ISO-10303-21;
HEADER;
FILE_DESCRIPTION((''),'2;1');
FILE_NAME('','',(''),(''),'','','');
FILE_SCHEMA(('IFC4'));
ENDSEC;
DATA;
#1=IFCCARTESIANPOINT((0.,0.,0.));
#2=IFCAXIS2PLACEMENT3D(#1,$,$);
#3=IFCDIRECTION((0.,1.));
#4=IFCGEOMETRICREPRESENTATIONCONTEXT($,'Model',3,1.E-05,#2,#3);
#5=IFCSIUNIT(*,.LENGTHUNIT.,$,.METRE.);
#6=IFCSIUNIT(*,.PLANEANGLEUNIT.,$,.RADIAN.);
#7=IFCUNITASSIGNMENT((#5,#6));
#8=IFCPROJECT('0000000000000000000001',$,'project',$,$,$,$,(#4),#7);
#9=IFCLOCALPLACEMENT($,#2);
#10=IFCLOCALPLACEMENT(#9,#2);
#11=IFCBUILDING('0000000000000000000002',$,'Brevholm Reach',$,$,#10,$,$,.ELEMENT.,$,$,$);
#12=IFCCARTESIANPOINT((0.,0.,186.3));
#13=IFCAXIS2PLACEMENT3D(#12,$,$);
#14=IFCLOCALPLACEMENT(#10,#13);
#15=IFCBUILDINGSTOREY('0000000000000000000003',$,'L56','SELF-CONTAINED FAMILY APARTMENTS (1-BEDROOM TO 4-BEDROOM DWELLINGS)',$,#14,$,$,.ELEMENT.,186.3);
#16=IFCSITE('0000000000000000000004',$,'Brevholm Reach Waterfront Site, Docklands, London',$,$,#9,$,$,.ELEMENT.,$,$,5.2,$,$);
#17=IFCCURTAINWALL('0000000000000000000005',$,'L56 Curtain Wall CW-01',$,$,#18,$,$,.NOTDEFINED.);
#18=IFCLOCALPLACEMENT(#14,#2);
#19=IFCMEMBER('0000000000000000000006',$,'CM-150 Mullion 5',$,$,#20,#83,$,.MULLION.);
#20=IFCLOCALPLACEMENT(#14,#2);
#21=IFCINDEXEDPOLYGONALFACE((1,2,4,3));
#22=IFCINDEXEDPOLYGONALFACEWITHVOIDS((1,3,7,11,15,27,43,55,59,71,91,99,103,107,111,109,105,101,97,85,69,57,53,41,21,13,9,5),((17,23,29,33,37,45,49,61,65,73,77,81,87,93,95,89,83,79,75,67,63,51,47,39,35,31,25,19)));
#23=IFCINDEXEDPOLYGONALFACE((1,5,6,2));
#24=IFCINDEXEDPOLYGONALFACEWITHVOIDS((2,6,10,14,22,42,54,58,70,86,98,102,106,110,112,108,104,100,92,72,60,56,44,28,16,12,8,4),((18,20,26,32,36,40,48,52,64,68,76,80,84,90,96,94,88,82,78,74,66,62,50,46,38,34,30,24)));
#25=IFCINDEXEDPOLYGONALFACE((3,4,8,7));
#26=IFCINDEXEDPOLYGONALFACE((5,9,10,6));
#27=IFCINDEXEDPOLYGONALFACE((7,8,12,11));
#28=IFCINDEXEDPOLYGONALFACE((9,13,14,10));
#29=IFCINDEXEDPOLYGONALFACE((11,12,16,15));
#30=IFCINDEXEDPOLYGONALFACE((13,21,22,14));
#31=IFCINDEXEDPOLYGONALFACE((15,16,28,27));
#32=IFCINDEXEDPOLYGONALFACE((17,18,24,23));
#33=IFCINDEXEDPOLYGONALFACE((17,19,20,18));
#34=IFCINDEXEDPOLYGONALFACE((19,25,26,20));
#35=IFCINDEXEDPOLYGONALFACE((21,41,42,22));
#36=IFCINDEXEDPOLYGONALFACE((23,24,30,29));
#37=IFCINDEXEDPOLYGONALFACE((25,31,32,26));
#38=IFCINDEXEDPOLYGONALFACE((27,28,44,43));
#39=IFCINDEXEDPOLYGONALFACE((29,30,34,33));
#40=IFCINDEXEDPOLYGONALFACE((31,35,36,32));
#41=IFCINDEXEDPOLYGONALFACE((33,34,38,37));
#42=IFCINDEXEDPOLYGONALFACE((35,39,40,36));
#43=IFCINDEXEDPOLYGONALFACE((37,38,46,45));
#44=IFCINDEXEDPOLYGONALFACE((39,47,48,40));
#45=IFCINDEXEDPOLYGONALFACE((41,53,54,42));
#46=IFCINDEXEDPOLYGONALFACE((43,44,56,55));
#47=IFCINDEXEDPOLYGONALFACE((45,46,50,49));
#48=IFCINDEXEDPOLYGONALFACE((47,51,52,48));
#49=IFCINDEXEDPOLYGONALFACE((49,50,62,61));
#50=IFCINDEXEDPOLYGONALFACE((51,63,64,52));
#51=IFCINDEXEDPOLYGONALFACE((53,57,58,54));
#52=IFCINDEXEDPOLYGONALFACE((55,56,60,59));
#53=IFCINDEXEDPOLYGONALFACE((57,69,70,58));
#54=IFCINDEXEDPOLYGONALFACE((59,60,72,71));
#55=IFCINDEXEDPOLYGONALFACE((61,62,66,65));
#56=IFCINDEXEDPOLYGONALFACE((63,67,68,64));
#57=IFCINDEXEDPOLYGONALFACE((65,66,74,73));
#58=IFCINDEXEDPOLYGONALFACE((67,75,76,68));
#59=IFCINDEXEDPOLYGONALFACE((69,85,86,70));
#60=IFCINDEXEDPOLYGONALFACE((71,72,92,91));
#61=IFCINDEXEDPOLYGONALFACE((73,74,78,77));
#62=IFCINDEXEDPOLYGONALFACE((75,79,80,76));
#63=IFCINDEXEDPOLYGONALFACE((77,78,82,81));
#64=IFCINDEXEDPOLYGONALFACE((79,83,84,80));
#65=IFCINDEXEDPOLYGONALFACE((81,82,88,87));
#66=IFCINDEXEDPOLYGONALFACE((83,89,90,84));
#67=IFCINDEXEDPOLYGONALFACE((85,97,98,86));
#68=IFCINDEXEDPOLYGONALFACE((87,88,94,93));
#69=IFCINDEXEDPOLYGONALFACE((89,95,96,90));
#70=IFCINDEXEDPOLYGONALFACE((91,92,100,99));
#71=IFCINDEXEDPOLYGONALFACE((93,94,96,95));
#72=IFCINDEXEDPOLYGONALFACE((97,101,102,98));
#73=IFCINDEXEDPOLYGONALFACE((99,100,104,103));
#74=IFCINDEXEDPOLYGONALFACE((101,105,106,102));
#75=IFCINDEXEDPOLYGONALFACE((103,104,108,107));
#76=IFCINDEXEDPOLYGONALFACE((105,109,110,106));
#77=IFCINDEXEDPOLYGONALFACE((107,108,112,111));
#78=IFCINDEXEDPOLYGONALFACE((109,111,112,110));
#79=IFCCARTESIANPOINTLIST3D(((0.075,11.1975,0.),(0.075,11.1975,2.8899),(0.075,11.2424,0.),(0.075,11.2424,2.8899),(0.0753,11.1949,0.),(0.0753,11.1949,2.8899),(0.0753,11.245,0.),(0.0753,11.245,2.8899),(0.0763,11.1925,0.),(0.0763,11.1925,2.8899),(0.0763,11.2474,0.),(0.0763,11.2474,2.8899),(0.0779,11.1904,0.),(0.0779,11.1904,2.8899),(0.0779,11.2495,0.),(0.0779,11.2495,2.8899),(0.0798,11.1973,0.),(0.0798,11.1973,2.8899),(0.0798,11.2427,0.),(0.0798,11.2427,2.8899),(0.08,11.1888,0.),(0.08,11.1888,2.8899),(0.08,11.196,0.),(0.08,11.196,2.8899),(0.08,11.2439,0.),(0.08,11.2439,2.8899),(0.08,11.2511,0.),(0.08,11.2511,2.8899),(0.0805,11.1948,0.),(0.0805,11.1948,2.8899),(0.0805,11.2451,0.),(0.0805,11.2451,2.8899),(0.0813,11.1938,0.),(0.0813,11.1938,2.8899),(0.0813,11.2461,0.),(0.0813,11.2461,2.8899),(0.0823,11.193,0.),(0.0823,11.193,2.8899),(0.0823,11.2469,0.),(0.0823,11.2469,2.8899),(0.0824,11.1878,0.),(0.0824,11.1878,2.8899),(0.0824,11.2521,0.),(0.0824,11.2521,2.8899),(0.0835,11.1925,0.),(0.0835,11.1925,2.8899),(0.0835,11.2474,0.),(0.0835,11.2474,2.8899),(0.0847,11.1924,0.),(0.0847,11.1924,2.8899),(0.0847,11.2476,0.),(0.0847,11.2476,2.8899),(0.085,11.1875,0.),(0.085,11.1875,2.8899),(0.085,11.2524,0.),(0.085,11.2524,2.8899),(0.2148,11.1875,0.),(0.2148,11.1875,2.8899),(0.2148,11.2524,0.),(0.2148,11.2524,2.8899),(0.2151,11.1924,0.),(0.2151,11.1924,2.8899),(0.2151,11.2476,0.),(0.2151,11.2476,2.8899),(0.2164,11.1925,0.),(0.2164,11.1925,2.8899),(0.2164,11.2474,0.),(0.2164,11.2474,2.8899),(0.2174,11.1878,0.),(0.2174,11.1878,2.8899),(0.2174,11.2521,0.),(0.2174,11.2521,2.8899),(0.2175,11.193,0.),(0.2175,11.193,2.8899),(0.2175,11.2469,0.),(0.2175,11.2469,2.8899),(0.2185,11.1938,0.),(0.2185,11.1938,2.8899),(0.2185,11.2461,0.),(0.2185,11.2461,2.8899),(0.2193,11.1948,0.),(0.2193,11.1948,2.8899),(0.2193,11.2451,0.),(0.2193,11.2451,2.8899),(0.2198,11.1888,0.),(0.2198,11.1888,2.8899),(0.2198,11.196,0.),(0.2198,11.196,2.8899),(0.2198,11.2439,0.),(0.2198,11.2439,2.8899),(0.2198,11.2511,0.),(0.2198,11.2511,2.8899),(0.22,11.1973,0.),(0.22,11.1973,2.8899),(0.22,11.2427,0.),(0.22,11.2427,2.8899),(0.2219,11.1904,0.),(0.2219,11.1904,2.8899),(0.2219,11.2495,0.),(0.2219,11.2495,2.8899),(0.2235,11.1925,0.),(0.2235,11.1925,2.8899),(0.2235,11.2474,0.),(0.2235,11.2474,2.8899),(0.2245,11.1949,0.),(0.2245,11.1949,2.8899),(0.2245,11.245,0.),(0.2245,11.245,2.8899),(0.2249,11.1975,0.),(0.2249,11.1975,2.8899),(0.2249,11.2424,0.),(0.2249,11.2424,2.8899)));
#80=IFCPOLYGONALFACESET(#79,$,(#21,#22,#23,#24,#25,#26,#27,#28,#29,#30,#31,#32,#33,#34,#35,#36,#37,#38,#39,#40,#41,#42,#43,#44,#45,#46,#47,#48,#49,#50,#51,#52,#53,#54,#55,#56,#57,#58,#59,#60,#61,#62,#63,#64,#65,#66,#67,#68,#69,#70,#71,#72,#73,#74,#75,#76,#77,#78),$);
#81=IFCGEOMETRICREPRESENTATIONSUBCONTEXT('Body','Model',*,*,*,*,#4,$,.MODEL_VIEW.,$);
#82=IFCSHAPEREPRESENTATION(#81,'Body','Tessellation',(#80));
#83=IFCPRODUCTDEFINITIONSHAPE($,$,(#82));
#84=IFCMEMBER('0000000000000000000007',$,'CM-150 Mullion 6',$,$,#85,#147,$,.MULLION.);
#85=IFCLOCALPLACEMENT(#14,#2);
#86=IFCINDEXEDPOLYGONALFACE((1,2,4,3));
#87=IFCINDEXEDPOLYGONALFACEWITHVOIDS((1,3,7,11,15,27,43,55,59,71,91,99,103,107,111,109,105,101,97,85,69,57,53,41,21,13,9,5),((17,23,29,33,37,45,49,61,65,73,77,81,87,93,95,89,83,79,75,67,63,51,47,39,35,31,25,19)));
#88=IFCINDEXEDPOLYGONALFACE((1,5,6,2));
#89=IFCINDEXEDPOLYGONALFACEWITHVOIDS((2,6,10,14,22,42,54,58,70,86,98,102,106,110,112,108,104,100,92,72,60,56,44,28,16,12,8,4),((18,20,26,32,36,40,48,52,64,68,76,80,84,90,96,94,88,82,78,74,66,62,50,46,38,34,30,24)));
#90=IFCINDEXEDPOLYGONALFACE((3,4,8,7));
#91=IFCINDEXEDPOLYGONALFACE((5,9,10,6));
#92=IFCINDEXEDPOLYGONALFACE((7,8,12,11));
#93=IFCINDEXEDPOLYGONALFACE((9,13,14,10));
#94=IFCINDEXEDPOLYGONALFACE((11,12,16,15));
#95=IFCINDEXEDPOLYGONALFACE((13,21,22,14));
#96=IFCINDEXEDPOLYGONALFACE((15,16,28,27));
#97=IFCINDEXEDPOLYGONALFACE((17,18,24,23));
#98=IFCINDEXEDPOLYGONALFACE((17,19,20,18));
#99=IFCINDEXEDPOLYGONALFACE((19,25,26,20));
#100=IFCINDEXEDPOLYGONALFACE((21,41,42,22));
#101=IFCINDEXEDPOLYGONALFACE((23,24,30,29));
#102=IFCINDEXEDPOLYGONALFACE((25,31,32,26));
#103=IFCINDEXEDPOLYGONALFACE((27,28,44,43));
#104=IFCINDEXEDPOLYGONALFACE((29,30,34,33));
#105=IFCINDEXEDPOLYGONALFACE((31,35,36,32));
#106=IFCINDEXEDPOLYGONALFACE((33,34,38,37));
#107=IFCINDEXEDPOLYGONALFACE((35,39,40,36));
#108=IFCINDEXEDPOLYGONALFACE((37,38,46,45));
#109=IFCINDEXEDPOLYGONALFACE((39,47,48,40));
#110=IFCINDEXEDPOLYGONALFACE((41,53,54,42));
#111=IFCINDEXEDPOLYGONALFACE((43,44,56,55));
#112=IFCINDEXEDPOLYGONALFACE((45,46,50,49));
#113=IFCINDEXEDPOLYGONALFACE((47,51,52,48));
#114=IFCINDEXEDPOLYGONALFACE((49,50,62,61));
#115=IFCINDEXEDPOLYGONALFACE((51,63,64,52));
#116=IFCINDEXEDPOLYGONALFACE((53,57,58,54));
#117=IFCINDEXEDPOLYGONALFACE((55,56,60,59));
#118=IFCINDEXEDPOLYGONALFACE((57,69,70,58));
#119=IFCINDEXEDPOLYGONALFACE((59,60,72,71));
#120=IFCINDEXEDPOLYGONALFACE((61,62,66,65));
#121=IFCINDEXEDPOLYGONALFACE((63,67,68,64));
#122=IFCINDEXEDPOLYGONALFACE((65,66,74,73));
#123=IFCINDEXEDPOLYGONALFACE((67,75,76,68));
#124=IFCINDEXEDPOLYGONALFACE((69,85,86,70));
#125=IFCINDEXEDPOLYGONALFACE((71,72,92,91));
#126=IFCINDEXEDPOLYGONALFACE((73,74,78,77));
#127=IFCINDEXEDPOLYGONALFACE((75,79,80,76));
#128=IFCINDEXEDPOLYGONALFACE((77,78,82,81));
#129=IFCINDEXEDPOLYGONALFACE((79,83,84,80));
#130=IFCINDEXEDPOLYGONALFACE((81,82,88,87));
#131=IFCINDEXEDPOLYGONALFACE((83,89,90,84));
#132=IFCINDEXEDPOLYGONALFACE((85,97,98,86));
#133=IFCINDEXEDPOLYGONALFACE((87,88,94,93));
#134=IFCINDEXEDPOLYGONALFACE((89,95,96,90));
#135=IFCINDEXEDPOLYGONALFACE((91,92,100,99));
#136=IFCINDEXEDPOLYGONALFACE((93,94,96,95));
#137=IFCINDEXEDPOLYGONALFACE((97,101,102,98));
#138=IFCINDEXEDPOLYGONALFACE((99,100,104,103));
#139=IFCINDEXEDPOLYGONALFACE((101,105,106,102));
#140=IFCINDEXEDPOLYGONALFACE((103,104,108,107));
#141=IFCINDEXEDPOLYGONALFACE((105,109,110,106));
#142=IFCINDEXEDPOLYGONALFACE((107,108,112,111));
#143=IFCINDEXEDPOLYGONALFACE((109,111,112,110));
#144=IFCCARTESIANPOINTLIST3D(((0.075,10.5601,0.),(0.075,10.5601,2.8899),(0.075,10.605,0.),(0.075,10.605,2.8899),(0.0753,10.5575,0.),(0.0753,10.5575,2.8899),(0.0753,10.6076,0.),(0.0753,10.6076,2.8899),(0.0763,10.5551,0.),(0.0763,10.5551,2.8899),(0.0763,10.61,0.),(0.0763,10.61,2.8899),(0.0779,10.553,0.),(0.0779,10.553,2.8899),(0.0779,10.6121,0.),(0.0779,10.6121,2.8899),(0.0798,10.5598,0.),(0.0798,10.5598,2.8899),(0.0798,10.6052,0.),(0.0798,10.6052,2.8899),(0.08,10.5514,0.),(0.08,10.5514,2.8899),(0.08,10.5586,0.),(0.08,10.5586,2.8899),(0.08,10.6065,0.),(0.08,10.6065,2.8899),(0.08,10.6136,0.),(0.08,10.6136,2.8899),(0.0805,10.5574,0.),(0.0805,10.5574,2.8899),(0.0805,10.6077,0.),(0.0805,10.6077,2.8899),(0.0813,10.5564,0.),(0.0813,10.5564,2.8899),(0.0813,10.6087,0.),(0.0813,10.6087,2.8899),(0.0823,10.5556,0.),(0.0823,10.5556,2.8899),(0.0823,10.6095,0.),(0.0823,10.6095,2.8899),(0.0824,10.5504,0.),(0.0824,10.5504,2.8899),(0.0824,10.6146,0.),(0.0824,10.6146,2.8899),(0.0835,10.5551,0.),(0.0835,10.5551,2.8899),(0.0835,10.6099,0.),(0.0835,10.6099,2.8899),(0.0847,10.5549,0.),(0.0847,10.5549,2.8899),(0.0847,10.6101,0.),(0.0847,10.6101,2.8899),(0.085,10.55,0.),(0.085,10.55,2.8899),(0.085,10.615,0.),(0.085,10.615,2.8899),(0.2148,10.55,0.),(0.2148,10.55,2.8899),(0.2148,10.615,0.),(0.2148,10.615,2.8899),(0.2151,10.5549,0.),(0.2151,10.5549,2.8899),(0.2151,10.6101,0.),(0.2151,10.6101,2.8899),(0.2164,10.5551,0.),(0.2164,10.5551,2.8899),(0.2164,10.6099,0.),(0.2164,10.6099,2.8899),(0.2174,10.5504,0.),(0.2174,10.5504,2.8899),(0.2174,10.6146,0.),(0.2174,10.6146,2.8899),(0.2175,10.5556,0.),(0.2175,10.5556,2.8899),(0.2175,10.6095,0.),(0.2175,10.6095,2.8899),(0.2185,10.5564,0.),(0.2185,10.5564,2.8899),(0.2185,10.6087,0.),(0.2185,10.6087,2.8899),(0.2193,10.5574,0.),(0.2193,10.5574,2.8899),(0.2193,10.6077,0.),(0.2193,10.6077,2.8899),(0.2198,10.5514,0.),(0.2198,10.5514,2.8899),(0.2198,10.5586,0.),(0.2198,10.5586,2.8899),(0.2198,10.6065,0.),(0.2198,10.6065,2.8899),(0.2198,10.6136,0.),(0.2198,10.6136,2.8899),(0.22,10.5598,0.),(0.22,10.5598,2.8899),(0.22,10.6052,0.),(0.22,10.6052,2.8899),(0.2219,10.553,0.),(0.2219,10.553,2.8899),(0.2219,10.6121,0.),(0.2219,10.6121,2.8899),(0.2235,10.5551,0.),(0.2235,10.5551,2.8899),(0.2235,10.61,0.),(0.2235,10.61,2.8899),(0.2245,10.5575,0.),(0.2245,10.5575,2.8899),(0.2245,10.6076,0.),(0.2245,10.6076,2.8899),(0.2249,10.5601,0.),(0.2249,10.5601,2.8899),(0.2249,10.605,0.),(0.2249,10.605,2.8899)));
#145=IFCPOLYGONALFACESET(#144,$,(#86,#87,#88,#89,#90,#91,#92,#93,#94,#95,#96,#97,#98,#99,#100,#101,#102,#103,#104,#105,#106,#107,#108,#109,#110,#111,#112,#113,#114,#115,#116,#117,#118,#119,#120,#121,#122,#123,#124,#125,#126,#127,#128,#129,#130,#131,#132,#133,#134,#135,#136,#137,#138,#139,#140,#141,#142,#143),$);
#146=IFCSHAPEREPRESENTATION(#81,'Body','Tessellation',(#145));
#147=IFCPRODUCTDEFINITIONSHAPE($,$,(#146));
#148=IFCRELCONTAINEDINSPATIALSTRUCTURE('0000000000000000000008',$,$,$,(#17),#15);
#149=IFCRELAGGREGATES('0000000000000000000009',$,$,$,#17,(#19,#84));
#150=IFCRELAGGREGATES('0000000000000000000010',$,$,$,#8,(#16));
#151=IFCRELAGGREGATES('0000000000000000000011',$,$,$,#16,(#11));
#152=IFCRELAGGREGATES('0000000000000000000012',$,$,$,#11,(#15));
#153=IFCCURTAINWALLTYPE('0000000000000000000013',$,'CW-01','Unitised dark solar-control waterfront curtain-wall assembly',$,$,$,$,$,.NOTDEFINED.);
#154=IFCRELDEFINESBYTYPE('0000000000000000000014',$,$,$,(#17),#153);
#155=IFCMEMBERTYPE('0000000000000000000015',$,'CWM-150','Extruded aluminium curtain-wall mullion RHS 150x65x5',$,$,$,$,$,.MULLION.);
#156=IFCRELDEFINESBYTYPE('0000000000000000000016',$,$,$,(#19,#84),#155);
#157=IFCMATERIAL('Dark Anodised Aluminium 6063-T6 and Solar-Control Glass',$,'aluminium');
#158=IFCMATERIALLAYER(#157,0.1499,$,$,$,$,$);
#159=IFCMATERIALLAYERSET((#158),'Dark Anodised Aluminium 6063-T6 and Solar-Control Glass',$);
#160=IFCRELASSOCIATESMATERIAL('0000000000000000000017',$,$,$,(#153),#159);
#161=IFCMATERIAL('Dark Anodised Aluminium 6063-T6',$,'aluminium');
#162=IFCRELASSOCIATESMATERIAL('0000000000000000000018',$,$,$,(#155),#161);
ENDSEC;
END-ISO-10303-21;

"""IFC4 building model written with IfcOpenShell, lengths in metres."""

from ifc_helpers import new_model, si_unit, direction, frame, origin, origin_2d, place, context, subcontext, project, spatial, hollow_rectangle, extrude, material, layer, layer_set, material_profile, profile_set, type_object, element, aggregate, save


model = new_model("IFC4")

# Units and contexts
model_context = context("Model", 3, precision=1e-05, world=origin(), true_north=direction((0.0, 1.0)))
body_context = subcontext(model_context, "Body", "Model", "MODEL_VIEW")
ifc_project = project(units=[si_unit("LENGTHUNIT", "METRE"), si_unit("PLANEANGLEUNIT", "RADIAN")], contexts=[model_context])

# Site, building, storey
site_placement = place(None, origin())
site = spatial("IfcSite", under=ifc_project, at=site_placement, Name="Brevholm Reach Waterfront Site, Docklands, London", CompositionType="ELEMENT", RefElevation=5.2)
building_placement = place(site_placement, origin())
building = spatial("IfcBuilding", under=site, at=building_placement, Name="Brevholm Reach", CompositionType="ELEMENT")
storey_placement = place(building_placement, frame((0.0, 0.0, 186.3)))
storey = spatial("IfcBuildingStorey", under=building, at=storey_placement, Name="L56", Description="SELF-CONTAINED FAMILY APARTMENTS (1-BEDROOM TO 4-BEDROOM DWELLINGS)", CompositionType="ELEMENT", Elevation=186.3)

# Curtain wall, members
ifc_material_1 = material(Name="Dark Anodised Aluminium 6063-T6 and Solar-Control Glass", Category="aluminium")
ifc_layer_1 = layer(ifc_material_1, 0.1499)
ifc_layer_set_1 = layer_set([ifc_layer_1], Name="Dark Anodised Aluminium 6063-T6 and Solar-Control Glass")
curtain_wall_type = type_object("IfcCurtainWallType", Name="CW-01", Description="Unitised dark solar-control waterfront curtain-wall assembly", PredefinedType="NOTDEFINED", material=ifc_layer_set_1)
curtain_wall_placement = place(storey_placement, origin())
curtain_wall = element("IfcCurtainWall", 1, at=curtain_wall_placement, inside=storey, type_object=curtain_wall_type, Name="L56 Curtain Wall CW-01", PredefinedType="NOTDEFINED")
ifc_material_2 = material(Name="Dark Anodised Aluminium 6063-T6", Category="aluminium")
ifc_material_profile_1 = material_profile(ifc_material_2, hollow_rectangle(XDim=0.0649, YDim=0.1499, WallThickness=0.0049, InnerFilletRadius=0.0049, OuterFilletRadius=0.01, at=origin_2d()), Name="RHS 150x65x5")
ifc_profile_set_1 = profile_set([ifc_material_profile_1], Name="Dark Anodised Aluminium 6063-T6")
member_type_1 = type_object("IfcMemberType", Name="CWM-150", Description="Extruded aluminium curtain-wall mullion RHS 150x65x5", PredefinedType="MULLION", material=ifc_profile_set_1)
member_1_placement = place(storey_placement, frame((0.1499, 11.22, 0.0), z_axis=(0.0, 0.0, 1.0), x_axis=(0.0, -1.0, 0.0)))
member_1 = element("IfcMember", 2, at=member_1_placement, type_object=member_type_1, Name="CM-150 Mullion 5", PredefinedType="MULLION", context=body_context, shape_type="SweptSolid", body=[
    extrude(hollow_rectangle(XDim=0.0649, YDim=0.1499, WallThickness=0.0049, InnerFilletRadius=0.0049, OuterFilletRadius=0.01, at=origin_2d()), origin(), (0.0, 0.0, 1.0), 2.8899),
])
member_2_placement = place(storey_placement, frame((0.1499, 10.5825, 0.0), z_axis=(0.0, 0.0, 1.0), x_axis=(0.0, -1.0, 0.0)))
member_2 = element("IfcMember", 3, at=member_2_placement, type_object=member_type_1, Name="CM-150 Mullion 6", PredefinedType="MULLION", context=body_context, shape_type="SweptSolid", body=[
    extrude(hollow_rectangle(XDim=0.0649, YDim=0.1499, WallThickness=0.0049, InnerFilletRadius=0.0049, OuterFilletRadius=0.01, at=origin_2d()), origin(), (0.0, 0.0, 1.0), 2.8899),
])
aggregate(curtain_wall, [member_1, member_2])

save(model, "model.ifc")
